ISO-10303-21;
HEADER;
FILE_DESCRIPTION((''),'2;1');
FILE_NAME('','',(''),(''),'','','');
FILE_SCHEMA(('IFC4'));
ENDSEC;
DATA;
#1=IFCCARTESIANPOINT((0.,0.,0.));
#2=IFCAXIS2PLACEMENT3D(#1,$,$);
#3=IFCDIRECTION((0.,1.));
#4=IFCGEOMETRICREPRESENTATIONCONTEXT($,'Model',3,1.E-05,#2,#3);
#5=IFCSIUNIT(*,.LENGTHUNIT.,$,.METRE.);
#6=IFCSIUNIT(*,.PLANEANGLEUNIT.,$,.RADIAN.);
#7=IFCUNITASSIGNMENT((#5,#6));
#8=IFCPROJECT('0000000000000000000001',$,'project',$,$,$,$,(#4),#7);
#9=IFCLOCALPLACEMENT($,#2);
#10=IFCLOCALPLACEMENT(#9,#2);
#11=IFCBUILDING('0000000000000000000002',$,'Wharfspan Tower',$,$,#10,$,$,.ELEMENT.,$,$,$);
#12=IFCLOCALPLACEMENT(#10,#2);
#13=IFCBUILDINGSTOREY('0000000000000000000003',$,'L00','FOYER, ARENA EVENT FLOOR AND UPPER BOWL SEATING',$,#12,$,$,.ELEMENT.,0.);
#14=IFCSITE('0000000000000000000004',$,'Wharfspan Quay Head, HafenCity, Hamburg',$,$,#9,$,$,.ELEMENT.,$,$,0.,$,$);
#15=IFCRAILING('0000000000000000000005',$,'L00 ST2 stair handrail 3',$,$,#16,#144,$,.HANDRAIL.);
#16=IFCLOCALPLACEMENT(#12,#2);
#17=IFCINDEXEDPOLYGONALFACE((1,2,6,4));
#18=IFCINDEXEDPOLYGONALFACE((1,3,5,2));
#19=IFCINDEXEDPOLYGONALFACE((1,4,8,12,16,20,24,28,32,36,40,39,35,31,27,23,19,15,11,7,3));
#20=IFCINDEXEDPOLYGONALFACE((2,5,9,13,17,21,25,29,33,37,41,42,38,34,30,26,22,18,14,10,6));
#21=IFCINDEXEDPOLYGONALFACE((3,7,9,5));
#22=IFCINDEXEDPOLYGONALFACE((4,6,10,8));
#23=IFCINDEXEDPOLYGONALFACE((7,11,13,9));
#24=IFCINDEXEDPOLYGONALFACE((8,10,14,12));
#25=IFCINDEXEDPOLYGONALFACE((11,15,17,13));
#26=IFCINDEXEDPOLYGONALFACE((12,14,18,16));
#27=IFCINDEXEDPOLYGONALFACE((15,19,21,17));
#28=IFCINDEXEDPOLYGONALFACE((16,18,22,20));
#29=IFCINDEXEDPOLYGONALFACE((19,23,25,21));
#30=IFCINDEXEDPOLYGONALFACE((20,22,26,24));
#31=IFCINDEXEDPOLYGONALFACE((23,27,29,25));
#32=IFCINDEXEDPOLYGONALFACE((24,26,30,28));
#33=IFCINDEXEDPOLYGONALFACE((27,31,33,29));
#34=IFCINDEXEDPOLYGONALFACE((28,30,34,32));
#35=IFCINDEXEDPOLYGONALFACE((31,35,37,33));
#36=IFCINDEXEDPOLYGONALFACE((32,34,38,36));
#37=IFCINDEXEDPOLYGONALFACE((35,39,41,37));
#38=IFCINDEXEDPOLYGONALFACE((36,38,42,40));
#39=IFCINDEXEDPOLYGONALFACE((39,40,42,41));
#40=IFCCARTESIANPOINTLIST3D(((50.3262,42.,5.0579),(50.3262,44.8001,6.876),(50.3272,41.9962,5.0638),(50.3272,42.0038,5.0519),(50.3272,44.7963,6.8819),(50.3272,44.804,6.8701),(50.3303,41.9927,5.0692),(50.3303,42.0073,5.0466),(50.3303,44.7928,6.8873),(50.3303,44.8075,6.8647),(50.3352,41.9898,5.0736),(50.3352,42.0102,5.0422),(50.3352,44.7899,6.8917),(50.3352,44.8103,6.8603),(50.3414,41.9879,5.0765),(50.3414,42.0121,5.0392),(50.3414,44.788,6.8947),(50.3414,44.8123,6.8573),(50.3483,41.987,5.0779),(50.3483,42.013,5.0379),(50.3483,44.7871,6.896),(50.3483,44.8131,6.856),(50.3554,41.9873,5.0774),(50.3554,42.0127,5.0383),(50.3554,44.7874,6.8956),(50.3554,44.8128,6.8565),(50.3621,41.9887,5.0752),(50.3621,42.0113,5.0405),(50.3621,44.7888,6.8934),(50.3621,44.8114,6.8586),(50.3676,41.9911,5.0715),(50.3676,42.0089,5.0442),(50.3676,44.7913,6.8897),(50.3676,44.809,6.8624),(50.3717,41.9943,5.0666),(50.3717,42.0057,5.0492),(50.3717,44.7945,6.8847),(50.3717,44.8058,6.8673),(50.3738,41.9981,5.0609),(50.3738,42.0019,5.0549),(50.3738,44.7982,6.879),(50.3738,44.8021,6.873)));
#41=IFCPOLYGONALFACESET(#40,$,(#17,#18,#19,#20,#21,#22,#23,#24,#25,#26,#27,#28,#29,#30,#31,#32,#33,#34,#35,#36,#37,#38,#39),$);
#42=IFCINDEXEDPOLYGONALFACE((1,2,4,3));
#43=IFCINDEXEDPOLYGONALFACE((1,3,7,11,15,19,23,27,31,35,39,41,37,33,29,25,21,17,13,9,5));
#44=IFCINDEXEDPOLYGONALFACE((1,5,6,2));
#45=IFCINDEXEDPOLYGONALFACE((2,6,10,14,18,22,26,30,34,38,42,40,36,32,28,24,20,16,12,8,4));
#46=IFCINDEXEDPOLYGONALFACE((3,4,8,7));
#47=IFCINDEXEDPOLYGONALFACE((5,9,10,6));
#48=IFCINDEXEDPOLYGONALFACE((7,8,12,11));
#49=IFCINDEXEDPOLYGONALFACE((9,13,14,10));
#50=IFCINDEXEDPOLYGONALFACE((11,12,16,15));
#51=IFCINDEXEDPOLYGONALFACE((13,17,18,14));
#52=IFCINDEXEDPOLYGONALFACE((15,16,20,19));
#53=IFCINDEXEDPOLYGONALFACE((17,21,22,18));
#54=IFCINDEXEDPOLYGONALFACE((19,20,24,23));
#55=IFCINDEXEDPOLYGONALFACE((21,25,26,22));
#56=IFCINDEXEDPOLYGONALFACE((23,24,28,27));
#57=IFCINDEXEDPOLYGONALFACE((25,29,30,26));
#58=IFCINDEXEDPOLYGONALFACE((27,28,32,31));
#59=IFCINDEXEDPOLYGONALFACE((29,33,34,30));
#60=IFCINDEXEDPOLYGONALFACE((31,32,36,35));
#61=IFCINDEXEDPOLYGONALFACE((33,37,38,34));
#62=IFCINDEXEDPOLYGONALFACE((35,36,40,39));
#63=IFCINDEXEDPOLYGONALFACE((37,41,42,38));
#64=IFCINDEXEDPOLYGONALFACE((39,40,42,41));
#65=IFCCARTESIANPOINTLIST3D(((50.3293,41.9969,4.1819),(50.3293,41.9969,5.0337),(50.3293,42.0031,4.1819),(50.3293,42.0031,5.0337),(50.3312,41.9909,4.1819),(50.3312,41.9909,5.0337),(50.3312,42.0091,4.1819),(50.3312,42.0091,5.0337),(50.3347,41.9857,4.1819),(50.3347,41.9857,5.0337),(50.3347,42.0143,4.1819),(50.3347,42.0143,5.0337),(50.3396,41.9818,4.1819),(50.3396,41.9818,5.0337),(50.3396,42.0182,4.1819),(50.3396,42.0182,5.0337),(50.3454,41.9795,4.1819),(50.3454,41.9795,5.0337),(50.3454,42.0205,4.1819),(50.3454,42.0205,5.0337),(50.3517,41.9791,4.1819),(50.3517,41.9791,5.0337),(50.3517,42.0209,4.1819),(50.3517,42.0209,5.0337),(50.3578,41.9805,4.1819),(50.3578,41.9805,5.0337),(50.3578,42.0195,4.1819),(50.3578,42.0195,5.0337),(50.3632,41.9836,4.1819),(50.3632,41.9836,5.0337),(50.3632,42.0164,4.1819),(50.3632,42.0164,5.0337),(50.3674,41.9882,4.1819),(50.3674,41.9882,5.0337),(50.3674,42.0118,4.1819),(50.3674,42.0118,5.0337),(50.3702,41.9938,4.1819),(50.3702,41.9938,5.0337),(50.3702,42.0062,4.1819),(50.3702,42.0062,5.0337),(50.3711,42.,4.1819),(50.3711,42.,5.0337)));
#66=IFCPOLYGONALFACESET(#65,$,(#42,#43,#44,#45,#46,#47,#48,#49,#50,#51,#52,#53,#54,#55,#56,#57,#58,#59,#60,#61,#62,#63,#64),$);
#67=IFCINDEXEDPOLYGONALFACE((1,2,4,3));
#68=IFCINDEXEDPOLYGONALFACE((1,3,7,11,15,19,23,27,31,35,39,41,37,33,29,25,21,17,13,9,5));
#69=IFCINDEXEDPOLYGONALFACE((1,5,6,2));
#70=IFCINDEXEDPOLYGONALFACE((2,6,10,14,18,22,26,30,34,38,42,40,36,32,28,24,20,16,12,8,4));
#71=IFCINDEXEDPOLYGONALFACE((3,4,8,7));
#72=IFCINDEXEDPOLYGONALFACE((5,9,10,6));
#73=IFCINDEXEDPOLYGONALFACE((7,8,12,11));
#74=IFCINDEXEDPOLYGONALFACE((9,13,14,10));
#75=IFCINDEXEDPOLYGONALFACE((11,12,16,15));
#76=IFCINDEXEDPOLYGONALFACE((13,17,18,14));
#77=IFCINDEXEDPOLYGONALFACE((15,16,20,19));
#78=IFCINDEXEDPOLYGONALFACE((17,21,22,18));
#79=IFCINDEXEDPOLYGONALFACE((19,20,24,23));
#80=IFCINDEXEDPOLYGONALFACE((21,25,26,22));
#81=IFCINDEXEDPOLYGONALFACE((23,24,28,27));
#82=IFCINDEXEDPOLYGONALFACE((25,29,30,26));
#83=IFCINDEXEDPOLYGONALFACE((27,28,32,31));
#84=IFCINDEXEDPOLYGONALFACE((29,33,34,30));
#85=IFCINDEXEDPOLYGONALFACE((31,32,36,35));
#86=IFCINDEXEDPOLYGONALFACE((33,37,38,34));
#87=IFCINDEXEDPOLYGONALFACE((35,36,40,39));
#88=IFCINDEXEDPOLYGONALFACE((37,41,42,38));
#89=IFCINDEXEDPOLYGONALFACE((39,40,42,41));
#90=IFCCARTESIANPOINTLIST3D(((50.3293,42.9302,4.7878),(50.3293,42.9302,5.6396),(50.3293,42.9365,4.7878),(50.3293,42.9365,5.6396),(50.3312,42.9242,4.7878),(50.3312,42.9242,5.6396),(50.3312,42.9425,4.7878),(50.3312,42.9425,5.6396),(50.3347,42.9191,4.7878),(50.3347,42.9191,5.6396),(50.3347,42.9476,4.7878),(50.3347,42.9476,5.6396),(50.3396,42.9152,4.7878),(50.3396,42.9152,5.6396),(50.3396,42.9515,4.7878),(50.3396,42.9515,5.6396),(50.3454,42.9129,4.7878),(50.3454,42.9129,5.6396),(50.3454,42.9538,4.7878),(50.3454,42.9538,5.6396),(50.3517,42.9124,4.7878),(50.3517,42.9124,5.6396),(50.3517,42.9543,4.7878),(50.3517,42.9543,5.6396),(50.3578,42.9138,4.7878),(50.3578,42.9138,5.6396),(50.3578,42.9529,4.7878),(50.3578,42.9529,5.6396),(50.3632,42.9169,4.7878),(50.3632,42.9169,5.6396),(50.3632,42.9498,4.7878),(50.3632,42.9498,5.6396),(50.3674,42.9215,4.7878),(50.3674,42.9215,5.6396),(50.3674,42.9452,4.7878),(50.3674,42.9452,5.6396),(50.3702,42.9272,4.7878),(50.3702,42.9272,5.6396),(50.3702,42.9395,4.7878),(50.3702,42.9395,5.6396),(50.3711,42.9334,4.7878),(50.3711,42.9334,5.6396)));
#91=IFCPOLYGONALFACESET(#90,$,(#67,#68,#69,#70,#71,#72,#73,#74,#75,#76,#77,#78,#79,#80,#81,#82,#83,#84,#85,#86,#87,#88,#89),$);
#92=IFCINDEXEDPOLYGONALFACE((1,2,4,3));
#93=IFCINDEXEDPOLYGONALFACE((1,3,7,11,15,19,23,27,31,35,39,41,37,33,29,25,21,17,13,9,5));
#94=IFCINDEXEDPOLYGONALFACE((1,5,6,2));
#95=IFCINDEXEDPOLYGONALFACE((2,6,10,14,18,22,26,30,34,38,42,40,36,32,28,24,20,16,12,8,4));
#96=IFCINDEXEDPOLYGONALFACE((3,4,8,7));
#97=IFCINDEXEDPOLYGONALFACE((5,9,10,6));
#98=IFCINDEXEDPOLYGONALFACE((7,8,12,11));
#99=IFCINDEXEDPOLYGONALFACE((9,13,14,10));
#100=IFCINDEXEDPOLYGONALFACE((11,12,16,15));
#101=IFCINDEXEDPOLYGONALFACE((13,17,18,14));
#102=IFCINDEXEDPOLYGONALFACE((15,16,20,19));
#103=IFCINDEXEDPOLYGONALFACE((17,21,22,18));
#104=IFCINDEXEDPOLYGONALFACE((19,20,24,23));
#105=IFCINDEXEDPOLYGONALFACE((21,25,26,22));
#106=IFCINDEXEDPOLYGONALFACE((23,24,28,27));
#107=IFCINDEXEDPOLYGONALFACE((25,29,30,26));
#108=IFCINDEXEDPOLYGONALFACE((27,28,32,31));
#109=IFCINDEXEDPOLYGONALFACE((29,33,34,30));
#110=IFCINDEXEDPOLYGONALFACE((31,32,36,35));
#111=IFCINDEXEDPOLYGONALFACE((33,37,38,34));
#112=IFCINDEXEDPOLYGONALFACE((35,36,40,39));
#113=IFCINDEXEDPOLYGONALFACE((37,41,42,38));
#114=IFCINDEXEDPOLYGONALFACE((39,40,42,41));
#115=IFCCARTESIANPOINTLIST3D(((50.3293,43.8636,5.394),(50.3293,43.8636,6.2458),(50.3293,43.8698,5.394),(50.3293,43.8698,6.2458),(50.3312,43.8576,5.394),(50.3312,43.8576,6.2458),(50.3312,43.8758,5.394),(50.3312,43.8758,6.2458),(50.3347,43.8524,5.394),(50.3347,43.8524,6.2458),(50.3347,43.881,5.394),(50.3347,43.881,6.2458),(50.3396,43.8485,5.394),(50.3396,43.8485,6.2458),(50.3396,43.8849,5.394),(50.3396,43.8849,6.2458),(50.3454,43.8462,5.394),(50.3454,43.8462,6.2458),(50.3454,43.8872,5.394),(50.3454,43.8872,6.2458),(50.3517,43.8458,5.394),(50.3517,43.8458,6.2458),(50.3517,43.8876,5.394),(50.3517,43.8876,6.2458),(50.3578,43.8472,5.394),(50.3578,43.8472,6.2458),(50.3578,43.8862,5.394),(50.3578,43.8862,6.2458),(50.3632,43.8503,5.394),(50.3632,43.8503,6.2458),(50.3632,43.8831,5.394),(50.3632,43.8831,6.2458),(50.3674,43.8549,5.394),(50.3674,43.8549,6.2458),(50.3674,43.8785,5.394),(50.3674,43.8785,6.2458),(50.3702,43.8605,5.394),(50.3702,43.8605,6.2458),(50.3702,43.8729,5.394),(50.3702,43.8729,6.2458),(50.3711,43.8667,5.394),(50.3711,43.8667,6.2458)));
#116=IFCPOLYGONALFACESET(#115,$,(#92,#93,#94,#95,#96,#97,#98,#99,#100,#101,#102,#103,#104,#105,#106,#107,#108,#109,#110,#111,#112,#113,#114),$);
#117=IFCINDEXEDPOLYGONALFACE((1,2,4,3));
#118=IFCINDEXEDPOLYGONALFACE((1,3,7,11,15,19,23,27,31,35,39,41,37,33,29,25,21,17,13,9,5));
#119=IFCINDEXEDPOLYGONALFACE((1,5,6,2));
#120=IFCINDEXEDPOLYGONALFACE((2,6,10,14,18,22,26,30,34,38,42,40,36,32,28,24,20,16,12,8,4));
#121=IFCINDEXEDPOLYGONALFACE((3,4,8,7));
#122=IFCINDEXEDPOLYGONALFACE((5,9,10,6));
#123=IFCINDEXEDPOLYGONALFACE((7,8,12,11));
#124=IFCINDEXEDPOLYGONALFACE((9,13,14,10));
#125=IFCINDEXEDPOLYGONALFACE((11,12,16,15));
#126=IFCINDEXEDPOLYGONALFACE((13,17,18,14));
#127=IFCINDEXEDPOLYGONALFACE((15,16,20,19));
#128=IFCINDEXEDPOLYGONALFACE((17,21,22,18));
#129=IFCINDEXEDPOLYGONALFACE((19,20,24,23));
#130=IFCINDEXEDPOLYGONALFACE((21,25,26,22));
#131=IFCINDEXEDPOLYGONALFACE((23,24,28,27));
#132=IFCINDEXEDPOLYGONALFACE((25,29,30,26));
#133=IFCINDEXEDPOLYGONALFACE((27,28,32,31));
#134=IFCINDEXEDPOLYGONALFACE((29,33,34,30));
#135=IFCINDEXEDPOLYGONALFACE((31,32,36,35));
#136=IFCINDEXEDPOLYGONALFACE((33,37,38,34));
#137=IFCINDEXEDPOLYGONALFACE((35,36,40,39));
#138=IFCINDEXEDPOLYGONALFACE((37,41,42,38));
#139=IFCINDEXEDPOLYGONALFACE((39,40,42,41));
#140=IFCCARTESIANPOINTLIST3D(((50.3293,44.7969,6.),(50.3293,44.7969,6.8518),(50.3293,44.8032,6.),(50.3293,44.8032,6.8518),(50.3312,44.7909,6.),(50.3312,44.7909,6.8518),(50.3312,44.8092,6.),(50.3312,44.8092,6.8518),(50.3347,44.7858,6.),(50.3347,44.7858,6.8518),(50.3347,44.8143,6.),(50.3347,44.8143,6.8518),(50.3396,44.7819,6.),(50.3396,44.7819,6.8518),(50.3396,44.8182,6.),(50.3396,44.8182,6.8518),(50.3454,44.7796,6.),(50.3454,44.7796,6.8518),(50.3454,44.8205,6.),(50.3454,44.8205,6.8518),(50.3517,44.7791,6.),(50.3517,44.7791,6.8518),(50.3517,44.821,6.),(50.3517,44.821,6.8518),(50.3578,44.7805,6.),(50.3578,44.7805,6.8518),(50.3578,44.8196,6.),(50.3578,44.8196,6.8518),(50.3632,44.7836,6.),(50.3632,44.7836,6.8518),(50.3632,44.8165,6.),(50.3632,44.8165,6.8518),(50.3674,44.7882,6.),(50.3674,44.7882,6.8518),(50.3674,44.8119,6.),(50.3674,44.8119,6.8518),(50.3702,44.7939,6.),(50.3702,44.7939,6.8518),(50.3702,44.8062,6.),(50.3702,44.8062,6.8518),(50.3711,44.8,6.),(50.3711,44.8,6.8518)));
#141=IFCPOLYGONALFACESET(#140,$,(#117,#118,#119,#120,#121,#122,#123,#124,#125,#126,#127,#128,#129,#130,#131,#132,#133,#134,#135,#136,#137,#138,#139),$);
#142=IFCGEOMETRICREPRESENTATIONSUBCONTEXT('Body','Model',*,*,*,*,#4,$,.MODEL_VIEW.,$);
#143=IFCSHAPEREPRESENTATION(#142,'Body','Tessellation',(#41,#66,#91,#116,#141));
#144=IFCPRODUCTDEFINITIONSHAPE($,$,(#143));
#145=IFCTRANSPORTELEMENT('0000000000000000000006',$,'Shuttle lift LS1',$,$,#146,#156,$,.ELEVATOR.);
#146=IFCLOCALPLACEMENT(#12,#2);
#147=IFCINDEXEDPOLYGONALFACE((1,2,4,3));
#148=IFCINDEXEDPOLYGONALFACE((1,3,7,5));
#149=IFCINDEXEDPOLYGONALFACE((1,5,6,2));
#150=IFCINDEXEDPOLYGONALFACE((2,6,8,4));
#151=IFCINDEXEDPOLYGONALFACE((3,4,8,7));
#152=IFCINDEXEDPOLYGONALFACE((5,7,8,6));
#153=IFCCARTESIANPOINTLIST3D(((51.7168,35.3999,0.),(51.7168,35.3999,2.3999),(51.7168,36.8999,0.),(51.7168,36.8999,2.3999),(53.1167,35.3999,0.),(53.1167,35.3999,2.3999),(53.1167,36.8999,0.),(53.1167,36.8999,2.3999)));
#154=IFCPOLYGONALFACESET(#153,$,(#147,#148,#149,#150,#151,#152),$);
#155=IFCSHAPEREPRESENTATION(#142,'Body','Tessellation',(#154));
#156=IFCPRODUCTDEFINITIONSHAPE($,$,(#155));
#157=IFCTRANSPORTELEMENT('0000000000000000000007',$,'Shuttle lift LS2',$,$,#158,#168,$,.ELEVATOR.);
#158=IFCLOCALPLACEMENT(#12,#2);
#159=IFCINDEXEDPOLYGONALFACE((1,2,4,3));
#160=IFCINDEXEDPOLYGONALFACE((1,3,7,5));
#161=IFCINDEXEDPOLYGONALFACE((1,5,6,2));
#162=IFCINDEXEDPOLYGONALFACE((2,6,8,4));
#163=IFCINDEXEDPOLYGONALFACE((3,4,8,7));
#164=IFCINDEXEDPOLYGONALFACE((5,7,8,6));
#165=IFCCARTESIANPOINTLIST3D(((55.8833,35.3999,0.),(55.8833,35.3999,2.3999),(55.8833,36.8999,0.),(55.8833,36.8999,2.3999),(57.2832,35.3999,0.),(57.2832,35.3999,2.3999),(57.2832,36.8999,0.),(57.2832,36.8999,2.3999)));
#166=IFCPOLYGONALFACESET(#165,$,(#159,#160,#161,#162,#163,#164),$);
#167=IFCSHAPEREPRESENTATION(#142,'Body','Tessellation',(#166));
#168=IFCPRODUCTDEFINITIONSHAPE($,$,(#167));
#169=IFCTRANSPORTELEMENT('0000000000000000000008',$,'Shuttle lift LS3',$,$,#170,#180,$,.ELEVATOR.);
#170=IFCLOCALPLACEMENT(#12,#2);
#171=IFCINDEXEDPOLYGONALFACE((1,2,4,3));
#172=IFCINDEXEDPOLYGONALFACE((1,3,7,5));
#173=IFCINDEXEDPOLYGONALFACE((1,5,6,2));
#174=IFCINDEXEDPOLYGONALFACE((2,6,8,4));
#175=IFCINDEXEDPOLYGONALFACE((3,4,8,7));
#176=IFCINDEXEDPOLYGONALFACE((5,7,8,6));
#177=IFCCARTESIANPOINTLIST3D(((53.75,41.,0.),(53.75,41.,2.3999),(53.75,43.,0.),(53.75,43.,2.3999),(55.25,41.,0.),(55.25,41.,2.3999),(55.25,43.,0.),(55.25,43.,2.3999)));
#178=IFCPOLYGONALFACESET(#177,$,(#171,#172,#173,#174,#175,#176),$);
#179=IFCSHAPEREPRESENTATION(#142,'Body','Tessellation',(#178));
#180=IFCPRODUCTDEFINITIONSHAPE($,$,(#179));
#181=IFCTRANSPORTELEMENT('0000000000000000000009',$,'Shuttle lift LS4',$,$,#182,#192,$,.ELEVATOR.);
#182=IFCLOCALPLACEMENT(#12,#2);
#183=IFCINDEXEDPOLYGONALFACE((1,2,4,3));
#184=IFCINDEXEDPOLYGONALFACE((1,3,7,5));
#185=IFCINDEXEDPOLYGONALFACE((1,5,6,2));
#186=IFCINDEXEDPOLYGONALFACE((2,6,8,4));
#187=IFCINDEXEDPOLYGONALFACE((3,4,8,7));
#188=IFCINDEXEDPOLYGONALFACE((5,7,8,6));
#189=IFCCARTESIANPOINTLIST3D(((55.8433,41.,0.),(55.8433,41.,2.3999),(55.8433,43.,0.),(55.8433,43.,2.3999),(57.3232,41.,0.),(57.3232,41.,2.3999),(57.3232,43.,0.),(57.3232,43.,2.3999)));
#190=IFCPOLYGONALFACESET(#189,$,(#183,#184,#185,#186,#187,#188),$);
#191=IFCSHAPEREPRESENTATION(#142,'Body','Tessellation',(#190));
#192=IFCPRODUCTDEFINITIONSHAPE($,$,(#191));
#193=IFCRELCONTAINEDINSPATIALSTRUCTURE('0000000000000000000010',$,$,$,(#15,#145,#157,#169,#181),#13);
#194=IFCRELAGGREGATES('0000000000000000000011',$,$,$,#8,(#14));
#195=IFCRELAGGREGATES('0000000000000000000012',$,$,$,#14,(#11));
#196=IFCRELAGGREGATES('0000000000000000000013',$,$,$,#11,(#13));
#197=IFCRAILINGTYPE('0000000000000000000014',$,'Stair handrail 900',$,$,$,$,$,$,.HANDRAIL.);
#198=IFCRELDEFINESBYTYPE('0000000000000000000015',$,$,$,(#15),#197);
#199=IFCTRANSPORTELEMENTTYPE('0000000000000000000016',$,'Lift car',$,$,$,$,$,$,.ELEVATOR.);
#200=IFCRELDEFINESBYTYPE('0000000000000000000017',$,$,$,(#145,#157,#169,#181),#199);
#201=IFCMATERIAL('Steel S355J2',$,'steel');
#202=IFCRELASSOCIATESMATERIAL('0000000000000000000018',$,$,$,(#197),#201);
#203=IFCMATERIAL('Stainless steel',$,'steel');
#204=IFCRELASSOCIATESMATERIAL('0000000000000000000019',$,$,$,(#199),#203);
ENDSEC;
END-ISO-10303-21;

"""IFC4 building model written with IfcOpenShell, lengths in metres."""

from ifc_helpers import new_model, si_unit, direction, frame, origin, origin_2d, place, context, subcontext, project, spatial, rectangle, circle, extrude, material, type_object, element, save


model = new_model("IFC4")

# Units and contexts
model_context = context("Model", 3, precision=1e-05, world=origin(), true_north=direction((0.0, 1.0)))
body_context = subcontext(model_context, "Body", "Model", "MODEL_VIEW")
ifc_project = project(units=[si_unit("LENGTHUNIT", "METRE"), si_unit("PLANEANGLEUNIT", "RADIAN")], contexts=[model_context])

# Site, building, storey
site_placement = place(None, origin())
site = spatial("IfcSite", under=ifc_project, at=site_placement, Name="Wharfspan Quay Head, HafenCity, Hamburg", CompositionType="ELEMENT", RefElevation=0.0)
building_placement = place(site_placement, origin())
building = spatial("IfcBuilding", under=site, at=building_placement, Name="Wharfspan Tower", CompositionType="ELEMENT")
storey_placement = place(building_placement, origin())
storey = spatial("IfcBuildingStorey", under=building, at=storey_placement, Name="L00", Description="FOYER, ARENA EVENT FLOOR AND UPPER BOWL SEATING", CompositionType="ELEMENT", Elevation=0.0)

# Shared definitions
ifc_material_1 = material(Name="Stainless steel", Category="steel")

# Railing
ifc_material_2 = material(Name="Steel S355J2", Category="steel")
railing_type_1 = type_object("IfcRailingType", Name="Stair handrail 900", PredefinedType="HANDRAIL", material=ifc_material_2)
for number, where, name in (
    (1, (50.3501, 42.0, 4.1819), "L00 ST2 stair handrail 3"),
):
    element("IfcRailing", number, at=place(storey_placement, frame(where)), inside=storey, type_object=railing_type_1, Name=name, PredefinedType="HANDRAIL", context=body_context, shape_type="SweptSolid", body=[
        extrude(circle(Radius=0.0239, at=origin_2d()), frame((0.0, 0.0, 0.876), z_axis=(0.0, 0.838706, 0.544585), x_axis=(-1.0, 0.0, 0.0)), (0.0, 0.0, 1.0), 3.3386),
        extrude(circle(Radius=0.021, at=origin_2d()), origin(), (0.0, 0.0, 1.0), 0.8518),
        extrude(circle(Radius=0.021, at=origin_2d()), frame((0.0, 0.9334, 0.606)), (0.0, 0.0, 1.0), 0.8518),
        extrude(circle(Radius=0.021, at=origin_2d()), frame((0.0, 1.8667, 1.2122)), (0.0, 0.0, 1.0), 0.8518),
        extrude(circle(Radius=0.021, at=origin_2d()), frame((0.0, 2.8, 1.8181)), (0.0, 0.0, 1.0), 0.8518),
    ])

# Transport elements
transport_element_type = type_object("IfcTransportElementType", Name="Lift car", PredefinedType="ELEVATOR", material=ifc_material_1)
for number, where, z_axis, x_axis, name in (
    (2, (52.4167, 36.1499, 0.0), (0.0, 0.0, 1.0), (1.0, 0.0, 0.0), "Shuttle lift LS1"),
    (3, (56.5833, 36.1499, 0.0), (0.0, 0.0, 1.0), (1.0, 0.0, 0.0), "Shuttle lift LS2"),
):
    element("IfcTransportElement", number, at=place(storey_placement, frame(where, z_axis=z_axis, x_axis=x_axis)), inside=storey, type_object=transport_element_type, Name=name, PredefinedType="ELEVATOR", context=body_context, shape_type="SweptSolid", body=[
        extrude(rectangle(XDim=1.3999, YDim=1.5, at=origin_2d()), origin(), (0.0, 0.0, 1.0), 2.3999),
    ])
transport_element_1_placement = place(storey_placement, frame((54.5, 42.0, 0.0), z_axis=(0.0, 0.0, 1.0), x_axis=(1.0, 0.0, 0.0)))
element("IfcTransportElement", 4, at=transport_element_1_placement, inside=storey, type_object=transport_element_type, Name="Shuttle lift LS3", PredefinedType="ELEVATOR", context=body_context, shape_type="SweptSolid", body=[
    extrude(rectangle(XDim=1.5, YDim=2.0, at=origin_2d()), origin(), (0.0, 0.0, 1.0), 2.3999),
])
transport_element_2_placement = place(storey_placement, frame((56.5833, 42.0, 0.0), z_axis=(0.0, 0.0, 1.0), x_axis=(1.0, 0.0, 0.0)))
element("IfcTransportElement", 5, at=transport_element_2_placement, inside=storey, type_object=transport_element_type, Name="Shuttle lift LS4", PredefinedType="ELEVATOR", context=body_context, shape_type="SweptSolid", body=[
    extrude(rectangle(XDim=1.48, YDim=2.0, at=origin_2d()), origin(), (0.0, 0.0, 1.0), 2.3999),
])

save(model, "model.ifc")
